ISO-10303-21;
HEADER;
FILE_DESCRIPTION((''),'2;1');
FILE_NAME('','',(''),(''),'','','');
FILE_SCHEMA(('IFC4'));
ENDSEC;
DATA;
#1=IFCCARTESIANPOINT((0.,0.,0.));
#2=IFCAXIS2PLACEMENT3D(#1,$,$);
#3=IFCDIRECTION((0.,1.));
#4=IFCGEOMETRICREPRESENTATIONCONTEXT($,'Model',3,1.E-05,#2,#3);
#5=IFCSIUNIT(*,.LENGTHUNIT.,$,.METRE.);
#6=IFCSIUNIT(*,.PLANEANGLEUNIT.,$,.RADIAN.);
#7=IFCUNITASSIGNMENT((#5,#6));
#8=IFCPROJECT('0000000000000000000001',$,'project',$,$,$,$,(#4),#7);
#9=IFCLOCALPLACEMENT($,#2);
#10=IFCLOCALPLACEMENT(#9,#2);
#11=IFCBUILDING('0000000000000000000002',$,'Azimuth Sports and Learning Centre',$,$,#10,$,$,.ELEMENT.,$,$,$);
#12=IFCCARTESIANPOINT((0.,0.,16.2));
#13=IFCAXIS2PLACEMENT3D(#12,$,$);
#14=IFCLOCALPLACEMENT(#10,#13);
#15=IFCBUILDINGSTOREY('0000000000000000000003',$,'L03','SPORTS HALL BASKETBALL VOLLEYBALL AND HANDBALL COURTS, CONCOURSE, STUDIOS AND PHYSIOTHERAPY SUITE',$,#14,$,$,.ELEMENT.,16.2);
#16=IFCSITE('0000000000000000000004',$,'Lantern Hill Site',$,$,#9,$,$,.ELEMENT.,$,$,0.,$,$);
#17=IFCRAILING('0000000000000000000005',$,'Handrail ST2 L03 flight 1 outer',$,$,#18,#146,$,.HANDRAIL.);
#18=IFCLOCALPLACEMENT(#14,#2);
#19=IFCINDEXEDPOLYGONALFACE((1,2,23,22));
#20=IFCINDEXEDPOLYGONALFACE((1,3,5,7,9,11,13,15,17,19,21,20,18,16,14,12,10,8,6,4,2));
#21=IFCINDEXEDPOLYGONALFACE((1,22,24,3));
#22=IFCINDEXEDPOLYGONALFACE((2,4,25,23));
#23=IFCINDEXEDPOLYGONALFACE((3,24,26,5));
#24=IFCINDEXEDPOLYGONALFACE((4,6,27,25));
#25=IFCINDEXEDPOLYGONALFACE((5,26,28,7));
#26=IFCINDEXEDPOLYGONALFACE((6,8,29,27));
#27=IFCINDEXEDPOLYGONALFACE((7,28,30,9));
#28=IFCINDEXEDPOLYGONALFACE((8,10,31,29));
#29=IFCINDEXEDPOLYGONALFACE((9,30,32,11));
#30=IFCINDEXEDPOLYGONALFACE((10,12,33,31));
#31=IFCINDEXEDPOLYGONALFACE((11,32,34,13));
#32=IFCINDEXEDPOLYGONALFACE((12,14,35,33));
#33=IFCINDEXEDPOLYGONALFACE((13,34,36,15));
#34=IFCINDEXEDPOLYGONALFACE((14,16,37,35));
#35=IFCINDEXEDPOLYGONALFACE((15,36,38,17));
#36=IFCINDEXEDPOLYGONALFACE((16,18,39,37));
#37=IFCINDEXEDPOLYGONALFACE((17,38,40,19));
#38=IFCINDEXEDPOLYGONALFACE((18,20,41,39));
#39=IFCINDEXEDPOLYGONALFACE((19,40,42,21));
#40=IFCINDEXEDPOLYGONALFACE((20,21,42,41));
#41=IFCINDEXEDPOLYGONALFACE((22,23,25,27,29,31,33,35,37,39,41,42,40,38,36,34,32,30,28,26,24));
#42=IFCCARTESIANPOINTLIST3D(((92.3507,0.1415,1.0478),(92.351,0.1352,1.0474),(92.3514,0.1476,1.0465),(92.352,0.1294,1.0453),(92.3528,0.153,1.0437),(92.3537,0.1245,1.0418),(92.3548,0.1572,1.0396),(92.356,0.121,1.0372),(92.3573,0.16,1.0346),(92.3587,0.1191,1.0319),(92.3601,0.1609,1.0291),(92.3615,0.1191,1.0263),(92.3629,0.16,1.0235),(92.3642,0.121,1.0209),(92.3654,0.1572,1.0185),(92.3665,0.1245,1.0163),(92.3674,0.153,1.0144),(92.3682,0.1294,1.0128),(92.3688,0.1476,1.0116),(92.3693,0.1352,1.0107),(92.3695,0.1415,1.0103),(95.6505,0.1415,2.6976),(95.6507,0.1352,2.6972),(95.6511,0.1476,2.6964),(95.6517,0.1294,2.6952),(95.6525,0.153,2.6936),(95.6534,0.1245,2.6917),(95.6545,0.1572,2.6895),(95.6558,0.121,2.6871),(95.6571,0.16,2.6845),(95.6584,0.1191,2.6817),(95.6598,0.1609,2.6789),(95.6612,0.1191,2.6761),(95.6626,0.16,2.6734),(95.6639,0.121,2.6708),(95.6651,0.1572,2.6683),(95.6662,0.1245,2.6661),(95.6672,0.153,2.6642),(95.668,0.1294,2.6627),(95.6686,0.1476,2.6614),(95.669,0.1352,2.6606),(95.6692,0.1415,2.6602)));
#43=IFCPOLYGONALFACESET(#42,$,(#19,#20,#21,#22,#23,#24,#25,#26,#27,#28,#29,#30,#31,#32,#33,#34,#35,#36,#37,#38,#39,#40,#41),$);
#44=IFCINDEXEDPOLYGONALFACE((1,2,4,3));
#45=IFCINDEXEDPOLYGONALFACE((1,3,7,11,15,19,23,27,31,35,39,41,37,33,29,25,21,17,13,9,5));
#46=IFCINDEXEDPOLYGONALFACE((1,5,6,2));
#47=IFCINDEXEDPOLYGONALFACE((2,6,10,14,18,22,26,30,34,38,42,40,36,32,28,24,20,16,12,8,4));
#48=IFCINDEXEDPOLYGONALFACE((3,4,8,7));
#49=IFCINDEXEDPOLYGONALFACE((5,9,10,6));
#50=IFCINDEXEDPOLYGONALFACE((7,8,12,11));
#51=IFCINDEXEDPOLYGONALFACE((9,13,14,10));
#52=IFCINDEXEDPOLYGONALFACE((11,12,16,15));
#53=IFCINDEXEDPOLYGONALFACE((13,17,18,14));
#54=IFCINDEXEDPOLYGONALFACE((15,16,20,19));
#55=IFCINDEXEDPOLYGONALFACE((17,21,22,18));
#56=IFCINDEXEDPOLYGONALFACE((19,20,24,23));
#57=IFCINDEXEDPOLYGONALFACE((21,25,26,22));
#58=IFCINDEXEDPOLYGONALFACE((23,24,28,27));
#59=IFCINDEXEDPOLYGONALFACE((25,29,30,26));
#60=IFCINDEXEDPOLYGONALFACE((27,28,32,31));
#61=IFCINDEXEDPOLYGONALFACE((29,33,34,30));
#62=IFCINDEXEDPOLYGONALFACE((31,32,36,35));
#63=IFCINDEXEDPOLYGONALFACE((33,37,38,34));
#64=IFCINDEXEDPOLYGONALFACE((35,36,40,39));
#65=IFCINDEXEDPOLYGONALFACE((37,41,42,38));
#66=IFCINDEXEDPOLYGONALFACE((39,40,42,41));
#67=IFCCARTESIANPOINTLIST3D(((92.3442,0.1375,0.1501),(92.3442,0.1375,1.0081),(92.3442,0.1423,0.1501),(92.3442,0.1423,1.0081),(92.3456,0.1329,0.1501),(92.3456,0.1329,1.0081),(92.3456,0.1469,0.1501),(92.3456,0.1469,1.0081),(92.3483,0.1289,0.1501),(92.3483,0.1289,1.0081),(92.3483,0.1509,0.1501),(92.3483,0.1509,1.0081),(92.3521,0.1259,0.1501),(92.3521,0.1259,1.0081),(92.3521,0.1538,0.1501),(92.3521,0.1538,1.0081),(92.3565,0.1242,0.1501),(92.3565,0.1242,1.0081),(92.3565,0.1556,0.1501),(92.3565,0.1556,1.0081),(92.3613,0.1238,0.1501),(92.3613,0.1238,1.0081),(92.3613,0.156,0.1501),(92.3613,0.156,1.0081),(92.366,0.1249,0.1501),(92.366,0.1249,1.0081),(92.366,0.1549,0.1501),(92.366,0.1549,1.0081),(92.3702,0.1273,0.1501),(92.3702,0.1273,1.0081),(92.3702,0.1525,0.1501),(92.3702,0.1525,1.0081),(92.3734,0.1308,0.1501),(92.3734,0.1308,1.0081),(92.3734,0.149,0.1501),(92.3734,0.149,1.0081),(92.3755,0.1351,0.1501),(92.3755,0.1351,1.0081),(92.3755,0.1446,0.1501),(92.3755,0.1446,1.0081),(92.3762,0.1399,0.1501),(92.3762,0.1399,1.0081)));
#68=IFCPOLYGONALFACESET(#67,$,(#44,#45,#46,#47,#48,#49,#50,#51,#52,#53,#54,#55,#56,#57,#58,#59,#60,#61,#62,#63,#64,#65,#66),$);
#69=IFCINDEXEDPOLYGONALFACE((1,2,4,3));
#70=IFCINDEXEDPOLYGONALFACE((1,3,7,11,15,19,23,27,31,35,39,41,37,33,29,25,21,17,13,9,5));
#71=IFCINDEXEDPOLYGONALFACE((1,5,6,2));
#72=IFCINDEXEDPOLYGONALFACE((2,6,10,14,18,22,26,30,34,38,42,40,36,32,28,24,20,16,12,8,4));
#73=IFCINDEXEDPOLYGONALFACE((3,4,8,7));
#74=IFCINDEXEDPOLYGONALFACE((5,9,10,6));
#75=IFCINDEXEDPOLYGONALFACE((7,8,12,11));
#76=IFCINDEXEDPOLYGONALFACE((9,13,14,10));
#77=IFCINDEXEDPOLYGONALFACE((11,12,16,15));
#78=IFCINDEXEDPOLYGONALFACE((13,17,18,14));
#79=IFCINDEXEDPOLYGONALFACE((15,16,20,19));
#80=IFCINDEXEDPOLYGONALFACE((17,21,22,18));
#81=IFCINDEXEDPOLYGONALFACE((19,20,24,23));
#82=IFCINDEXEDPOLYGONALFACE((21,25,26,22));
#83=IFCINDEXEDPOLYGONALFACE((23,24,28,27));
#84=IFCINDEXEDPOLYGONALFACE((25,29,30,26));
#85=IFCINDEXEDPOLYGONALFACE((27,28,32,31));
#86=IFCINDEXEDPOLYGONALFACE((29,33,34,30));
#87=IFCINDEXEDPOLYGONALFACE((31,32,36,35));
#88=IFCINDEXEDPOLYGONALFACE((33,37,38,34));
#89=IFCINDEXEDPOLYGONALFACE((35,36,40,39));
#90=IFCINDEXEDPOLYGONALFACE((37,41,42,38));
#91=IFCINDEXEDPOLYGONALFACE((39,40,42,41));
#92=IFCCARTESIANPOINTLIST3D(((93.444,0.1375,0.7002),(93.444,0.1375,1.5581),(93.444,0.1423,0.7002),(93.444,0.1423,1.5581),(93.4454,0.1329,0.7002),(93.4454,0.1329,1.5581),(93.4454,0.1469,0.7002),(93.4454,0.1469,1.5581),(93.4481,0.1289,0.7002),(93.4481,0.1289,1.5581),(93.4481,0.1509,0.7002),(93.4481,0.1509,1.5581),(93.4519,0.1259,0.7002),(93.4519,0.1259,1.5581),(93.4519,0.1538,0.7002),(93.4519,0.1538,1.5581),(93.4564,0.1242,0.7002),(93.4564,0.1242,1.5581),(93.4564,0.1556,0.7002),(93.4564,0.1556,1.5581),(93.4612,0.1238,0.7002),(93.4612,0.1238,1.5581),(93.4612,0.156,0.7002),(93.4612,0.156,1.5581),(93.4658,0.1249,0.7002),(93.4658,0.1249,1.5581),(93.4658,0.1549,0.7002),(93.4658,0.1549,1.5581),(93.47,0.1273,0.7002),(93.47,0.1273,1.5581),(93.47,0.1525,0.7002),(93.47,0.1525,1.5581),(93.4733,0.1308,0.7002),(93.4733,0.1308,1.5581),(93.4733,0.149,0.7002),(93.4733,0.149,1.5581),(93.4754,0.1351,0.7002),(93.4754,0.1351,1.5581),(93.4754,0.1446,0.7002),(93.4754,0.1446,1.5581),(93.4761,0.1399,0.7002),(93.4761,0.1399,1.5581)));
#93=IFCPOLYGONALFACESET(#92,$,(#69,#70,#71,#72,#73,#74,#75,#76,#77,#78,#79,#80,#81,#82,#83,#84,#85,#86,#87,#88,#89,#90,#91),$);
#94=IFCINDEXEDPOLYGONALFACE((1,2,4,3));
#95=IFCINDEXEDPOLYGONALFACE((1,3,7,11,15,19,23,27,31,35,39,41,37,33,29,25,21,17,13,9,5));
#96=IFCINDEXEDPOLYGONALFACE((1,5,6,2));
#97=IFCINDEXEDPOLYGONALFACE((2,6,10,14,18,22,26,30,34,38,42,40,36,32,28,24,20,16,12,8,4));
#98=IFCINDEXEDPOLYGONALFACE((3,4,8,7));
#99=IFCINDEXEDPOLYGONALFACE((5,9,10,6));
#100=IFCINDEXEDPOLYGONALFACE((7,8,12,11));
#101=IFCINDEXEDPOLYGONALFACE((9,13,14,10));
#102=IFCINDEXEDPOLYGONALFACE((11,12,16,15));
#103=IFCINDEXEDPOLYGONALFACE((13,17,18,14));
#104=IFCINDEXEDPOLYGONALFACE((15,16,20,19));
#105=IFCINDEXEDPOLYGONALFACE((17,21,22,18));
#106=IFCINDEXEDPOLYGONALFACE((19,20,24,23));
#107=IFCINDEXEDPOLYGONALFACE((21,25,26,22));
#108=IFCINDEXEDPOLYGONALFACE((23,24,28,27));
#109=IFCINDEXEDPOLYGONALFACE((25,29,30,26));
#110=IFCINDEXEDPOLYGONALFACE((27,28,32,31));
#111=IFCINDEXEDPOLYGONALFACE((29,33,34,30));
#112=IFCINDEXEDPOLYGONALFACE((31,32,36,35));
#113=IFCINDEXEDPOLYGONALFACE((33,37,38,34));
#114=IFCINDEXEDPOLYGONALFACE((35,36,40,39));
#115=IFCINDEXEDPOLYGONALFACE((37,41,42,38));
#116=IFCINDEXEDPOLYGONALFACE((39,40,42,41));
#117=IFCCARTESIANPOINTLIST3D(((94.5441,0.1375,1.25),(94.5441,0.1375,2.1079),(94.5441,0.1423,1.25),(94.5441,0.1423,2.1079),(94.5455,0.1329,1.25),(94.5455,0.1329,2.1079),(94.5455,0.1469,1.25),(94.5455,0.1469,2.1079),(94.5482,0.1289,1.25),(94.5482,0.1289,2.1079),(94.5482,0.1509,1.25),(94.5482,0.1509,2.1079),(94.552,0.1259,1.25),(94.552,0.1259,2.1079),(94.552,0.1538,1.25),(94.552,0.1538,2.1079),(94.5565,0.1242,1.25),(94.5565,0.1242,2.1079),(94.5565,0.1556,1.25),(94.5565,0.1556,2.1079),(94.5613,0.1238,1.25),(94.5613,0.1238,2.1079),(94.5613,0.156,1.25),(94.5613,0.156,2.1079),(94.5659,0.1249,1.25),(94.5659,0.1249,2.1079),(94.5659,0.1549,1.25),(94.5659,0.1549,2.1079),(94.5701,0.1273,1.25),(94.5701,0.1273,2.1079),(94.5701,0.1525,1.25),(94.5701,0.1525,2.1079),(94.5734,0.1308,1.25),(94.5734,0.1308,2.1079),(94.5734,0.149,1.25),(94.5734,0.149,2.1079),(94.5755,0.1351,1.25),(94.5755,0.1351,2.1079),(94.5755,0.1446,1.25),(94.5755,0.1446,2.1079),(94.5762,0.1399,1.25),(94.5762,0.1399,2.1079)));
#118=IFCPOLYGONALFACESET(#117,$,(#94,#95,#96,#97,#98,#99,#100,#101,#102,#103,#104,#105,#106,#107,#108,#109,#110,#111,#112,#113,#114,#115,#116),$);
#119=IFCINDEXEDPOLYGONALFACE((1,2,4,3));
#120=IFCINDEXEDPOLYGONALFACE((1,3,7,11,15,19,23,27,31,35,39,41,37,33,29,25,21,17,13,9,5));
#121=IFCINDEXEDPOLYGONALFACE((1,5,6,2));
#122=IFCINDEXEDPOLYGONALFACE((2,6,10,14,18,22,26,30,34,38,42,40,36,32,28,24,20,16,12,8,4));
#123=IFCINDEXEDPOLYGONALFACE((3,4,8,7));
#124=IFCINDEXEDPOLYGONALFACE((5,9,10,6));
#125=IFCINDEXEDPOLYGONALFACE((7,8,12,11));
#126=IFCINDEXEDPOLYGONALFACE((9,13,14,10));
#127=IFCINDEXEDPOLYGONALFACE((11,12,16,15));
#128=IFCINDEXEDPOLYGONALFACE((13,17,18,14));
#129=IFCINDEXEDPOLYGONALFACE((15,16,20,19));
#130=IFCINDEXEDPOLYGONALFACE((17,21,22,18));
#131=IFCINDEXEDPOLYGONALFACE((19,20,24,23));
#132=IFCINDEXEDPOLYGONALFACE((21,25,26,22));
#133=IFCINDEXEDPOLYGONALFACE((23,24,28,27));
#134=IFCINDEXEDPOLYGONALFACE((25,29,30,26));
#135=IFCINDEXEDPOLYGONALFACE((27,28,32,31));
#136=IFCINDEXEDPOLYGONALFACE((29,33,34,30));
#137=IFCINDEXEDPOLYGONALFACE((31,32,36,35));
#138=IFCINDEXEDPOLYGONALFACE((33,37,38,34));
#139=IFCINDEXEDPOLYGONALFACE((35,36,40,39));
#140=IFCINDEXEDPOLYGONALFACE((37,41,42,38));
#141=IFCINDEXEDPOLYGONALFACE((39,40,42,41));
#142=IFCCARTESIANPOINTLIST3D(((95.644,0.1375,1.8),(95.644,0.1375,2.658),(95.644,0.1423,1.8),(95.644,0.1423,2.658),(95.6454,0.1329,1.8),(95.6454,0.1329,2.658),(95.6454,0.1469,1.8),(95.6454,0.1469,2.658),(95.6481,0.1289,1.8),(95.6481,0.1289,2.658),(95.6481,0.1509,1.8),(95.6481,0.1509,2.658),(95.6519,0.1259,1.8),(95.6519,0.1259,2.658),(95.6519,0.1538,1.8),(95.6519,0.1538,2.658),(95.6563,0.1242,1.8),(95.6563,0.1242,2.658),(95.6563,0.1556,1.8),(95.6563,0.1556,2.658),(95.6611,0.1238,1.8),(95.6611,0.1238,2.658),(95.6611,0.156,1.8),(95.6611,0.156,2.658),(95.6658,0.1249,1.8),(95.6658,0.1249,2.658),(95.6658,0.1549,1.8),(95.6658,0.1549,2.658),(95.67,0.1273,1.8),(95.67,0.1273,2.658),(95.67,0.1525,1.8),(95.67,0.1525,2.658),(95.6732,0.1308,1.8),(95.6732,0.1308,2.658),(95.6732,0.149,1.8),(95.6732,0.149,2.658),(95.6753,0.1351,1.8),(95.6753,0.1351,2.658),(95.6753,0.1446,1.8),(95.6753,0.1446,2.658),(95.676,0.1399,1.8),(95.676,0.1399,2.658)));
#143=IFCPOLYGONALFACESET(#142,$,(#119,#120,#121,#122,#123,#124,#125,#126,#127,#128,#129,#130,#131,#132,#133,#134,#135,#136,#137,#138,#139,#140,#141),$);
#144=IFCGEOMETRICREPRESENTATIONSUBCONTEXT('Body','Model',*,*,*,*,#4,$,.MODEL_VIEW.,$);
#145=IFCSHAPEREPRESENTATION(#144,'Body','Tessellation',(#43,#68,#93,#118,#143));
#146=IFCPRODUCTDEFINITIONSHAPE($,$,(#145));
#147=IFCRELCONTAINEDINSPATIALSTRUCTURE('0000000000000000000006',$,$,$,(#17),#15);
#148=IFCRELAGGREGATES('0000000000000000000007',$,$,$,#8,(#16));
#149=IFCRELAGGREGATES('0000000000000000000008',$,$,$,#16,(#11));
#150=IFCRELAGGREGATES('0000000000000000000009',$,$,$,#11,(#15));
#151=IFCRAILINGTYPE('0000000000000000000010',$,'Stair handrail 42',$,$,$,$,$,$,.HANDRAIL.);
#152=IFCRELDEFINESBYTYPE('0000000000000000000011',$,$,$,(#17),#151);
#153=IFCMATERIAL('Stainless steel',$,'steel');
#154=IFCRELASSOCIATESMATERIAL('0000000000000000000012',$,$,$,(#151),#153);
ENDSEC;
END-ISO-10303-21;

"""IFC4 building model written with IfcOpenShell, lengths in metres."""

from ifc_helpers import new_model, si_unit, direction, frame, origin, origin_2d, place, context, subcontext, project, spatial, circle, extrude, material, type_object, element, save


model = new_model("IFC4")

# Units and contexts
model_context = context("Model", 3, precision=1e-05, world=origin(), true_north=direction((0.0, 1.0)))
body_context = subcontext(model_context, "Body", "Model", "MODEL_VIEW")
ifc_project = project(units=[si_unit("LENGTHUNIT", "METRE"), si_unit("PLANEANGLEUNIT", "RADIAN")], contexts=[model_context])

# Site, building, storey
site_placement = place(None, origin())
site = spatial("IfcSite", under=ifc_project, at=site_placement, Name="Lantern Hill Site", CompositionType="ELEMENT", RefElevation=0.0)
building_placement = place(site_placement, origin())
building = spatial("IfcBuilding", under=site, at=building_placement, Name="Azimuth Sports and Learning Centre", CompositionType="ELEMENT")
storey_placement = place(building_placement, frame((0.0, 0.0, 16.2)))
storey = spatial("IfcBuildingStorey", under=building, at=storey_placement, Name="L03", Description="SPORTS HALL BASKETBALL VOLLEYBALL AND HANDBALL COURTS, CONCOURSE, STUDIOS AND PHYSIOTHERAPY SUITE", CompositionType="ELEMENT", Elevation=16.2)

# Railing
ifc_material_1 = material(Name="Stainless steel", Category="steel")
railing_type_1 = type_object("IfcRailingType", Name="Stair handrail 42", PredefinedType="HANDRAIL", material=ifc_material_1)
for number, where, name in (
    (1, (92.3601, 0.1399, 0.1501), "Handrail ST2 L03 flight 1 outer"),
):
    element("IfcRailing", number, at=place(storey_placement, frame(where)), inside=storey, type_object=railing_type_1, Name=name, PredefinedType="HANDRAIL", context=body_context, shape_type="SweptSolid", body=[
        extrude(circle(Radius=0.021, at=origin_2d()), frame((0.0, 0.0, 0.8789), z_axis=(0.894427, 0.0, 0.447214), x_axis=(0.0, 1.0, 0.0)), (0.0, 0.0, 1.0), 3.6892),
        extrude(circle(Radius=0.0161, at=origin_2d()), origin(), (0.0, 0.0, 1.0), 0.8579),
        extrude(circle(Radius=0.0161, at=origin_2d()), frame((1.0999, 0.0, 0.55)), (0.0, 0.0, 1.0), 0.8579),
        extrude(circle(Radius=0.0161, at=origin_2d()), frame((2.2, 0.0, 1.0999)), (0.0, 0.0, 1.0), 0.8579),
        extrude(circle(Radius=0.0161, at=origin_2d()), frame((3.2998, 0.0, 1.6499)), (0.0, 0.0, 1.0), 0.8579),
    ])

save(model, "model.ifc")
